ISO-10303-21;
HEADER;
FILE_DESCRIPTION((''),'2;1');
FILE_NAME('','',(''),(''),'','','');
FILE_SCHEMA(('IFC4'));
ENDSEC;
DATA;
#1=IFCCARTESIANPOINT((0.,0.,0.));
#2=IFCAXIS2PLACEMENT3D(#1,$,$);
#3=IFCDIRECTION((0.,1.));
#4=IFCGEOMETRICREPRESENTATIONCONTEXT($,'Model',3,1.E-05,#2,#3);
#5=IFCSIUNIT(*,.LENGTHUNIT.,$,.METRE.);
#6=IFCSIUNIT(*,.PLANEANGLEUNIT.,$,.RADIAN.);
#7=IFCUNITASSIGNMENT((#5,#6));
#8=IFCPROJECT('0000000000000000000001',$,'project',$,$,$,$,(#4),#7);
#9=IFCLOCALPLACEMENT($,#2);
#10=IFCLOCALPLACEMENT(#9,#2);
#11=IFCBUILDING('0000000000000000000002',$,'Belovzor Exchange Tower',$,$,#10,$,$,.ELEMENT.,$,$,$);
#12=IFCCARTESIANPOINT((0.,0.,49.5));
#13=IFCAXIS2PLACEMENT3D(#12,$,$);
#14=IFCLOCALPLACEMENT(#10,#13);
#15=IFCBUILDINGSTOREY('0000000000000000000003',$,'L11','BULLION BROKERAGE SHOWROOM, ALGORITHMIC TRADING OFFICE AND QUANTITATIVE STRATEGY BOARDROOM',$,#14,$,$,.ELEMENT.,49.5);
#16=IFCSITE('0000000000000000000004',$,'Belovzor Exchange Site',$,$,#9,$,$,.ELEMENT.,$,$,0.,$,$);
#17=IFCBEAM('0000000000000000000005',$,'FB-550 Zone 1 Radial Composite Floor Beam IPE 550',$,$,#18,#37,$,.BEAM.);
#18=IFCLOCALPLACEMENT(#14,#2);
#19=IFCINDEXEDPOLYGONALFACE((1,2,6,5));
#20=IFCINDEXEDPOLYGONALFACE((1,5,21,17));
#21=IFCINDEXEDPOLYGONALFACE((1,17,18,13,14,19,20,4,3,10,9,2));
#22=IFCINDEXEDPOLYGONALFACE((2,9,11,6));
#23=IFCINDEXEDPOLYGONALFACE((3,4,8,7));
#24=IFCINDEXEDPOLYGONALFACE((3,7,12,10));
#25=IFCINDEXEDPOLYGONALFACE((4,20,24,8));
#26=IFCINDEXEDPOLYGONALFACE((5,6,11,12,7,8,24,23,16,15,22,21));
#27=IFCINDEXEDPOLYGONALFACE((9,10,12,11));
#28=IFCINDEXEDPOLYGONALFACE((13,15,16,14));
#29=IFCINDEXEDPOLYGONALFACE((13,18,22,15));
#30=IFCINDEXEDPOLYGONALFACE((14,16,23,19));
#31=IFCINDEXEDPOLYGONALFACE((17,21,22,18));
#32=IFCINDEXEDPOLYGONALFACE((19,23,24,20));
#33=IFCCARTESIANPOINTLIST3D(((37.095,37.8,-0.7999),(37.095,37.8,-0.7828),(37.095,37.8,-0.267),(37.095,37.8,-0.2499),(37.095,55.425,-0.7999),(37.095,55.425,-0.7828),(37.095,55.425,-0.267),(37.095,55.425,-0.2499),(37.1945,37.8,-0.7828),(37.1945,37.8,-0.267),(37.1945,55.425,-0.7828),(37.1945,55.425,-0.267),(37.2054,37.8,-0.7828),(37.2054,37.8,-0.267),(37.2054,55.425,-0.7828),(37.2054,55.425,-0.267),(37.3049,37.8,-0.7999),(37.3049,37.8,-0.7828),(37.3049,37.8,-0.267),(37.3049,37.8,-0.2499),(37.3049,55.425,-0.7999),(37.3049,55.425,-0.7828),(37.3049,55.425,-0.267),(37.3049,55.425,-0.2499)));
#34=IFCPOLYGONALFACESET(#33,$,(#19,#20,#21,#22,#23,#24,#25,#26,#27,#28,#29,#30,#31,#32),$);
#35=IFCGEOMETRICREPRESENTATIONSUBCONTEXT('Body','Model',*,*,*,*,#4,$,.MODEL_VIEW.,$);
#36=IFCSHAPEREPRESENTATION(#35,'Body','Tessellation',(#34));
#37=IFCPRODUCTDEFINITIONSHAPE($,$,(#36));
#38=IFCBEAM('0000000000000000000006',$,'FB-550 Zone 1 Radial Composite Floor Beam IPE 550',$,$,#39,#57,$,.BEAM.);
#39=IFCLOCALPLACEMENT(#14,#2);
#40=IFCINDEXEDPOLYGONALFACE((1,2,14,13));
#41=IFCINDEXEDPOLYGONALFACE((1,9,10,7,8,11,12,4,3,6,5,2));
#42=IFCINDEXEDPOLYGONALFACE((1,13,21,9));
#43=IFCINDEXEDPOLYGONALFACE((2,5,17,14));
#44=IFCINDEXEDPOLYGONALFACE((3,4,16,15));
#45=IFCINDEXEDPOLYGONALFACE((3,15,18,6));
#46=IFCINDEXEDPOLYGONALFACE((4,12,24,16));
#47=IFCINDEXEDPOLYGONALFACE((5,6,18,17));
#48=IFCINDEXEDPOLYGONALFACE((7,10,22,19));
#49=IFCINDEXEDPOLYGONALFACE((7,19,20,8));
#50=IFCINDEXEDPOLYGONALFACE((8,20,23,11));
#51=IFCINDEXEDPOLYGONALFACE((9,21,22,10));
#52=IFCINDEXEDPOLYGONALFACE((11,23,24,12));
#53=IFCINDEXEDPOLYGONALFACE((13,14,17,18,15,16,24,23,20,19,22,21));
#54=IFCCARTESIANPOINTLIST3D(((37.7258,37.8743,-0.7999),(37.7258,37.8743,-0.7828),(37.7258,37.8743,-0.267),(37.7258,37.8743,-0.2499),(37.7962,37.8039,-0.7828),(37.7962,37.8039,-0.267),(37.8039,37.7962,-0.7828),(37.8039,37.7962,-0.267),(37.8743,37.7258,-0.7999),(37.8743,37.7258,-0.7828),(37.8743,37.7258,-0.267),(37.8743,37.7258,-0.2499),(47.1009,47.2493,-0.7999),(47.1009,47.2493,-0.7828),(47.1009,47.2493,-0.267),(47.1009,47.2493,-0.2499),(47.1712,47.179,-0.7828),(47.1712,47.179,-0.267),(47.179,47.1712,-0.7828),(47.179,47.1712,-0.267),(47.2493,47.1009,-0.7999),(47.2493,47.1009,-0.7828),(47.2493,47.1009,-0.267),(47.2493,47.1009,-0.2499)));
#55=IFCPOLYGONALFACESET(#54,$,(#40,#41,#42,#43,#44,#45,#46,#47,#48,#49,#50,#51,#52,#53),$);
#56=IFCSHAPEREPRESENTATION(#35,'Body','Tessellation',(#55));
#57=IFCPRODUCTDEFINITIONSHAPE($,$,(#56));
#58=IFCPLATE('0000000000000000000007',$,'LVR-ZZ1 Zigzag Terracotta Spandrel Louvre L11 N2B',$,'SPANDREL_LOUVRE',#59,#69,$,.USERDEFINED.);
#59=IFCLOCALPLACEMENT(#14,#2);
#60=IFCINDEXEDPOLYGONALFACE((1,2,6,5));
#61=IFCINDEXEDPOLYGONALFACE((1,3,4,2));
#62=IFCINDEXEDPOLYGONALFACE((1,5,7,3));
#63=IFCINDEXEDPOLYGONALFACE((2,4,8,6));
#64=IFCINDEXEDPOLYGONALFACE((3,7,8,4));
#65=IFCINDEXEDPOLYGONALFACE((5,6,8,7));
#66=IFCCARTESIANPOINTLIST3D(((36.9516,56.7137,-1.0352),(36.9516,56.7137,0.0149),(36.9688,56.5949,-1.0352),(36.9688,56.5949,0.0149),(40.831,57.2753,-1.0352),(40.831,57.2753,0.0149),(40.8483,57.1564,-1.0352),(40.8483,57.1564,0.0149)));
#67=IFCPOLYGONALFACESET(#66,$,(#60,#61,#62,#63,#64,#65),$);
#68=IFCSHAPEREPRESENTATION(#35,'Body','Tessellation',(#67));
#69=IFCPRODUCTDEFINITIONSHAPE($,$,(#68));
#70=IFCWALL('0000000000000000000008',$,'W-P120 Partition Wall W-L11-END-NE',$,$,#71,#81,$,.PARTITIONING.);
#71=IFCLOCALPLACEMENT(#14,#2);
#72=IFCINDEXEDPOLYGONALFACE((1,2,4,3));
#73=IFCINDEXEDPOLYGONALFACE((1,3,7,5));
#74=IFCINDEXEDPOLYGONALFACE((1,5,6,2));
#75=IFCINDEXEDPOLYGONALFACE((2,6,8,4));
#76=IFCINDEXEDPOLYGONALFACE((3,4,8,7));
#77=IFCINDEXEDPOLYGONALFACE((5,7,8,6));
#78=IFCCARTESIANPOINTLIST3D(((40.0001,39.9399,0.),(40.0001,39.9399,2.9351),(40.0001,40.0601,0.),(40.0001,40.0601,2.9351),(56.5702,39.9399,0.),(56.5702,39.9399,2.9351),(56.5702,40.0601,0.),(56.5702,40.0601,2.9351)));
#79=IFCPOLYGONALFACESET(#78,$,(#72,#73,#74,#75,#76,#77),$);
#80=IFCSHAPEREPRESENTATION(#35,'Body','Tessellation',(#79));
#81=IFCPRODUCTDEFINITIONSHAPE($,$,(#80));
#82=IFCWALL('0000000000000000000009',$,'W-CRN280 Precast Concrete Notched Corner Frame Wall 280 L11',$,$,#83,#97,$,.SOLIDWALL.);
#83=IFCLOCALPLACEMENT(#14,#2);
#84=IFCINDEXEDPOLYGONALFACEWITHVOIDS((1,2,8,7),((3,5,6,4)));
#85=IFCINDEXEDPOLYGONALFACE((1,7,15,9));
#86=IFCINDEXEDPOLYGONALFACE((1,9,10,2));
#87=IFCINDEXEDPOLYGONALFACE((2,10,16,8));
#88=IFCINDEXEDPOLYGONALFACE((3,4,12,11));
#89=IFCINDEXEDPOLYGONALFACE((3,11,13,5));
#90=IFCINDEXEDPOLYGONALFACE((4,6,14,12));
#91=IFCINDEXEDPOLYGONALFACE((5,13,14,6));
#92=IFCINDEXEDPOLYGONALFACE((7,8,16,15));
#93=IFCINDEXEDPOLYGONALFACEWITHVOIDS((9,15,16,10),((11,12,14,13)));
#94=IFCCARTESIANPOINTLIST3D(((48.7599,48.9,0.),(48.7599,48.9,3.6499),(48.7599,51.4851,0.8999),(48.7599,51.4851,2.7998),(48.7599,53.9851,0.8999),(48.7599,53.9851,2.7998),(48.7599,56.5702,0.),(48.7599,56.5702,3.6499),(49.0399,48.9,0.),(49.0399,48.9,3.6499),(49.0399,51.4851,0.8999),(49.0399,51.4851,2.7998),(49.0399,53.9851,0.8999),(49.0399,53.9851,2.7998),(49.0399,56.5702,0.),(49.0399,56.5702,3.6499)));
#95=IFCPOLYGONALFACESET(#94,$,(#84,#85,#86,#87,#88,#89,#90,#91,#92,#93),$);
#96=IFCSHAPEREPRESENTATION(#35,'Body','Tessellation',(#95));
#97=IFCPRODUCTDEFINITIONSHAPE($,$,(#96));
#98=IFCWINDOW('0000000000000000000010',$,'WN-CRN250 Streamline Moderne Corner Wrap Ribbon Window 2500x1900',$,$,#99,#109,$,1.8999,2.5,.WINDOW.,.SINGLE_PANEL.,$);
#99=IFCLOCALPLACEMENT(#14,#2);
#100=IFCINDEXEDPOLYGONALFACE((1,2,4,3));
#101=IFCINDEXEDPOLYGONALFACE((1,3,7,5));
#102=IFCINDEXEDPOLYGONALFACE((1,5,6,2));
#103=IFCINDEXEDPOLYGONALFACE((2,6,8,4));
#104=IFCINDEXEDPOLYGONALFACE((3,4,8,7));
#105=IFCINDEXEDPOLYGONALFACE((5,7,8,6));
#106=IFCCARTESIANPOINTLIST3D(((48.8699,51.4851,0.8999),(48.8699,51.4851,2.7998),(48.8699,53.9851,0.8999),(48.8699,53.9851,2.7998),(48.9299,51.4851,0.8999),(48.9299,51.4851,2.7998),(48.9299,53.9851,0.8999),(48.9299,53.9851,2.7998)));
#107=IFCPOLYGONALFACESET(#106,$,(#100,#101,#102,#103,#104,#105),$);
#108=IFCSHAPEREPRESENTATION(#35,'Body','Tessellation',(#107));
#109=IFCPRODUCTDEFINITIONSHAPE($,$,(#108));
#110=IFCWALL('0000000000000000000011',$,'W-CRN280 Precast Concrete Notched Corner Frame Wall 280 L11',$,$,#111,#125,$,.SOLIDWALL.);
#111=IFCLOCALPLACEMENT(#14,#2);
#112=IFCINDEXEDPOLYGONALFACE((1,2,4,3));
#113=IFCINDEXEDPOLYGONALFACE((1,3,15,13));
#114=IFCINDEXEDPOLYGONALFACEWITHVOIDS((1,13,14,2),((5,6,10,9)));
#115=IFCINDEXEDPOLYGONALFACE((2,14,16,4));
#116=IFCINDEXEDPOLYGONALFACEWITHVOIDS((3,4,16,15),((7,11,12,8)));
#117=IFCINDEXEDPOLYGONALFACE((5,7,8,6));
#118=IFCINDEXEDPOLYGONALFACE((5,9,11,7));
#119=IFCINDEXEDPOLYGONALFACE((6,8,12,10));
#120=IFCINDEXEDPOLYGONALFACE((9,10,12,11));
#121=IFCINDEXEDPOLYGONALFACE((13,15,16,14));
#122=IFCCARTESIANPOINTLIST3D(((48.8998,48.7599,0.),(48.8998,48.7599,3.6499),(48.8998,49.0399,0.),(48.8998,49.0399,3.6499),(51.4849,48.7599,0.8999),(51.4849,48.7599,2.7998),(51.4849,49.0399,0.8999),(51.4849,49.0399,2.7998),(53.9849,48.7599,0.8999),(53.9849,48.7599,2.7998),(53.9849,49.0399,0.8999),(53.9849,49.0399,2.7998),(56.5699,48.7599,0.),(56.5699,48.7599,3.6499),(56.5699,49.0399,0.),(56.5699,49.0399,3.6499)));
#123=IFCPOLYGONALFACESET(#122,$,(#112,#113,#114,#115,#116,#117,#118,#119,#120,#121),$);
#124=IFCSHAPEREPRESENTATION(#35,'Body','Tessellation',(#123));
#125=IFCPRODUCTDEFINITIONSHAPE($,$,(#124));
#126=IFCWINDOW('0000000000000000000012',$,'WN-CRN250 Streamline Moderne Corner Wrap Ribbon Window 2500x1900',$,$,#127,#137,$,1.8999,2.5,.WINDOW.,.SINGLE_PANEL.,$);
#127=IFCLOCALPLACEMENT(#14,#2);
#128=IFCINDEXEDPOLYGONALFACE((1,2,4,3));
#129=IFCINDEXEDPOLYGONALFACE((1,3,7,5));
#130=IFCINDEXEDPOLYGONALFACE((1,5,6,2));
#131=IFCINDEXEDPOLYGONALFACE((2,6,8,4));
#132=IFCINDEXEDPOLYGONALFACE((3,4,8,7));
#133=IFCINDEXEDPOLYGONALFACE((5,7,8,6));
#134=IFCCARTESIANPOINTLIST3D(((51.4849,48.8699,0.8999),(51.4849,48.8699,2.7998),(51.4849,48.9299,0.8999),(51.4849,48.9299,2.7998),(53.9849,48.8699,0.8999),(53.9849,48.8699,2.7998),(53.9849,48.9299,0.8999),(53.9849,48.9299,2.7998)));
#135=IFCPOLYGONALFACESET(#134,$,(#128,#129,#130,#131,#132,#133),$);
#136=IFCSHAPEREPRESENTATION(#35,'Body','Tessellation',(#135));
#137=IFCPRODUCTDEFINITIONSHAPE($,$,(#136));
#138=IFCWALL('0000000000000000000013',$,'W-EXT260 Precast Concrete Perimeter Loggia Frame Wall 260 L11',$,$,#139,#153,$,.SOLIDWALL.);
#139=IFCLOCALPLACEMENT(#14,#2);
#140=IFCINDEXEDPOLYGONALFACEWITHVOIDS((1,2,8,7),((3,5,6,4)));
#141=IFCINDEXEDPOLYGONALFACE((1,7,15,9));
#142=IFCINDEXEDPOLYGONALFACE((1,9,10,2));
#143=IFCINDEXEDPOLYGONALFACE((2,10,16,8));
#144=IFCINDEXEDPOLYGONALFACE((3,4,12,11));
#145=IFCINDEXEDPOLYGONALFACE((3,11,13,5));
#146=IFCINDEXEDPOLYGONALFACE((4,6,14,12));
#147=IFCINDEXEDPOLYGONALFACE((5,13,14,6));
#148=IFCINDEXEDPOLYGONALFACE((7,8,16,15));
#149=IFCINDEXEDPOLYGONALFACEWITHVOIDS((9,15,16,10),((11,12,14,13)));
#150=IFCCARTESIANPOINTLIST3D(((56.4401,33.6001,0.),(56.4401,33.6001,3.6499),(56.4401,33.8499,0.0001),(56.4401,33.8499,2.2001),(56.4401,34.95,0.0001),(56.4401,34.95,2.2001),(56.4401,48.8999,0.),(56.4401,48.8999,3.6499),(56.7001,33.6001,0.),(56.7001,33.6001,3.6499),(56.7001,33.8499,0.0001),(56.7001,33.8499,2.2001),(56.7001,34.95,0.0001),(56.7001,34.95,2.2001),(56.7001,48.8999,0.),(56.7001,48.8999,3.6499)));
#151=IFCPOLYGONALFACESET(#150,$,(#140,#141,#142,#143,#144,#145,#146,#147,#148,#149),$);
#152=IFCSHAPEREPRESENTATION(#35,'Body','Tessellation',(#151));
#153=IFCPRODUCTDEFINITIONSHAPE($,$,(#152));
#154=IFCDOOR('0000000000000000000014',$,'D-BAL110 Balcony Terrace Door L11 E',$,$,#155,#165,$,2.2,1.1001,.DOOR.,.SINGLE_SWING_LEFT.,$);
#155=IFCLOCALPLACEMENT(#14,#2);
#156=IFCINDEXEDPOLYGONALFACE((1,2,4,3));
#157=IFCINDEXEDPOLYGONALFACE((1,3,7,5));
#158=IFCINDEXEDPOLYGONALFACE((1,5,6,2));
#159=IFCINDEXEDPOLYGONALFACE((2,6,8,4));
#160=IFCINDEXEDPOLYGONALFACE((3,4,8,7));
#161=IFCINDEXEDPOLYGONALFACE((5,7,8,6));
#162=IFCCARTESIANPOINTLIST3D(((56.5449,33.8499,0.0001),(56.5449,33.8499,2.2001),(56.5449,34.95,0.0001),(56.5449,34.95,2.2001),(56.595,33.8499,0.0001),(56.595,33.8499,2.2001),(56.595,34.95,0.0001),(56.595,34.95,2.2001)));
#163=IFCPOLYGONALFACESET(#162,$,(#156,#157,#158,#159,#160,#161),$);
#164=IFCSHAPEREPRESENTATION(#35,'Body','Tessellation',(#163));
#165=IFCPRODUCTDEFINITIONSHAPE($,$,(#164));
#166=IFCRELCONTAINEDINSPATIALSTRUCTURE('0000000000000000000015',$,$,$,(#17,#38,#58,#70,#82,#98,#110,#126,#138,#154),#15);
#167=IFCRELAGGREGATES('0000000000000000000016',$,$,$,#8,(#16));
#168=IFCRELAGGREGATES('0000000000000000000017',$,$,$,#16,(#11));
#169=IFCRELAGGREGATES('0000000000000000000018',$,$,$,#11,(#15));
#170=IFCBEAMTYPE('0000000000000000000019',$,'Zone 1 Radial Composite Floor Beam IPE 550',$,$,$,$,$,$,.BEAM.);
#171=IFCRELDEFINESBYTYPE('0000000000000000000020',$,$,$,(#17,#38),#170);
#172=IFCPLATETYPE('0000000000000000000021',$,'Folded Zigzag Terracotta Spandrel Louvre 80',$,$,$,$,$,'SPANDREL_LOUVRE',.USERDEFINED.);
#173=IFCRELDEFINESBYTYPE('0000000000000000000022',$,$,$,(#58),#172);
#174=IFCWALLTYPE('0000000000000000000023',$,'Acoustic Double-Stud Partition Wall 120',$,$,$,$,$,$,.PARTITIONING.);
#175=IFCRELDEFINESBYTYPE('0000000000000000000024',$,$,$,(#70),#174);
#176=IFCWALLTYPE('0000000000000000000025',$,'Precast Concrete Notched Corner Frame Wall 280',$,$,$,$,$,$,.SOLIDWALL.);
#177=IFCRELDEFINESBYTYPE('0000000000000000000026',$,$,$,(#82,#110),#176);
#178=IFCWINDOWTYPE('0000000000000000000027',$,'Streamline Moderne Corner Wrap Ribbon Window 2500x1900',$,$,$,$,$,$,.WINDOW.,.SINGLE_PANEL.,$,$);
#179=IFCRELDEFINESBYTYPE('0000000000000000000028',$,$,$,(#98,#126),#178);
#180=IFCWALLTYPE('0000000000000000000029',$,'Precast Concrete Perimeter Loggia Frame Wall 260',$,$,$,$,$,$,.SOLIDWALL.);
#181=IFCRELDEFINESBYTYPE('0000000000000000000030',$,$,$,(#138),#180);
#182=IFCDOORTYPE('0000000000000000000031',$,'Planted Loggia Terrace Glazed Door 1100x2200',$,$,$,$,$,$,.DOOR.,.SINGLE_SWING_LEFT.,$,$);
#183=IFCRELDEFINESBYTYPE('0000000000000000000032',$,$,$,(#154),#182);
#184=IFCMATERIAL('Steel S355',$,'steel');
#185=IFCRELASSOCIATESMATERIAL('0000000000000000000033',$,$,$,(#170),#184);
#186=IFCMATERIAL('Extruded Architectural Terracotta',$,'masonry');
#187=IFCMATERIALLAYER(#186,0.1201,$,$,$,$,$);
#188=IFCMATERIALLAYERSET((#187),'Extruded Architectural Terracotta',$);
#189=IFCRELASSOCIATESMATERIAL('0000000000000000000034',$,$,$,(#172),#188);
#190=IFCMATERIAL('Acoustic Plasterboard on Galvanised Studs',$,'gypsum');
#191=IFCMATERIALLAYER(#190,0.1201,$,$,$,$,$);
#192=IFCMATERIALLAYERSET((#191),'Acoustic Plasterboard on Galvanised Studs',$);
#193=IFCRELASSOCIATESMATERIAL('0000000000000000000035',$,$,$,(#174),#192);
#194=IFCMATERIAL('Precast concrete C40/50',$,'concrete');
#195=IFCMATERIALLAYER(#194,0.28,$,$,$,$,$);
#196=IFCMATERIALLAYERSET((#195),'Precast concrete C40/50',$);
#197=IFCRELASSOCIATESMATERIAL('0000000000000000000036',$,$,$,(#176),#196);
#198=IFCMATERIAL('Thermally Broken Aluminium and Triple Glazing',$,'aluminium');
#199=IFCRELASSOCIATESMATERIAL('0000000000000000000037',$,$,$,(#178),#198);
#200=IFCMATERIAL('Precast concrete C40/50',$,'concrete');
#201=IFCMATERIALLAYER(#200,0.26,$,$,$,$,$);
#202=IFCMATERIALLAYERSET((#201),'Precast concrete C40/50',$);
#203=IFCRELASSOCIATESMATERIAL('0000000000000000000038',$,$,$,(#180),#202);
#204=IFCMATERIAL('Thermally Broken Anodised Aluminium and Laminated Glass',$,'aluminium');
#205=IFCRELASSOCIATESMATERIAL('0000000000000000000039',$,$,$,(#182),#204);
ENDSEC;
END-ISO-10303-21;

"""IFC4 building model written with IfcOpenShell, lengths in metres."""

from ifc_helpers import new_model, si_unit, direction, frame, frame_2d, origin, origin_2d, place, context, subcontext, project, spatial, rectangle, i_section, extrude, material, layer, layer_set, material_profile, profile_set, type_object, element, fill, save


model = new_model("IFC4")

# Units and contexts
model_context = context("Model", 3, precision=1e-05, world=origin(), true_north=direction((0.0, 1.0)))
body_context = subcontext(model_context, "Body", "Model", "MODEL_VIEW")
ifc_project = project(units=[si_unit("LENGTHUNIT", "METRE"), si_unit("PLANEANGLEUNIT", "RADIAN")], contexts=[model_context])

# Site, building, storey
site_placement = place(None, origin())
site = spatial("IfcSite", under=ifc_project, at=site_placement, Name="Belovzor Exchange Site", CompositionType="ELEMENT", RefElevation=0.0)
building_placement = place(site_placement, origin())
building = spatial("IfcBuilding", under=site, at=building_placement, Name="Belovzor Exchange Tower", CompositionType="ELEMENT")
storey_placement = place(building_placement, frame((0.0, 0.0, 49.5)))
storey = spatial("IfcBuildingStorey", under=building, at=storey_placement, Name="L11", Description="BULLION BROKERAGE SHOWROOM, ALGORITHMIC TRADING OFFICE AND QUANTITATIVE STRATEGY BOARDROOM", CompositionType="ELEMENT", Elevation=49.5)

# Beams
ifc_material_1 = material(Name="Steel S355", Category="steel")
ifc_material_profile_1 = material_profile(ifc_material_1, i_section(OverallWidth=0.21, OverallDepth=0.55, WebThickness=0.011, FlangeThickness=0.0171, at=origin_2d()))
ifc_profile_set_1 = profile_set([ifc_material_profile_1], Name="Steel S355")
beam_type_1 = type_object("IfcBeamType", Name="Zone 1 Radial Composite Floor Beam IPE 550", PredefinedType="BEAM", material=ifc_profile_set_1)
beam_1_placement = place(storey_placement, frame((37.2, 37.8, -0.5249), z_axis=(0.0, 1.0, 0.0), x_axis=(-1.0, 0.0, 0.0)))
element("IfcBeam", 1, at=beam_1_placement, inside=storey, type_object=beam_type_1, Name="FB-550 Zone 1 Radial Composite Floor Beam IPE 550", PredefinedType="BEAM", context=body_context, shape_type="SweptSolid", body=[
    extrude(i_section(OverallWidth=0.21, OverallDepth=0.55, WebThickness=0.011, FlangeThickness=0.0171, at=origin_2d()), origin(), (0.0, 0.0, 1.0), 17.625),
])
beam_2_placement = place(storey_placement, frame((37.8, 37.8, -0.5249), z_axis=(0.707107, 0.707107, 0.0), x_axis=(-0.707107, 0.707107, 0.0)))
element("IfcBeam", 2, at=beam_2_placement, inside=storey, type_object=beam_type_1, Name="FB-550 Zone 1 Radial Composite Floor Beam IPE 550", PredefinedType="BEAM", context=body_context, shape_type="SweptSolid", body=[
    extrude(i_section(OverallWidth=0.21, OverallDepth=0.55, WebThickness=0.011, FlangeThickness=0.0171, at=origin_2d()), origin(), (0.0, 0.0, 1.0), 13.2583),
])

# Plate
ifc_material_2 = material(Name="Extruded Architectural Terracotta", Category="masonry")
ifc_layer_1 = layer(ifc_material_2, 0.1201)
ifc_layer_set_1 = layer_set([ifc_layer_1], Name="Extruded Architectural Terracotta")
plate_type = type_object("IfcPlateType", Name="Folded Zigzag Terracotta Spandrel Louvre 80", ElementType="SPANDREL_LOUVRE", PredefinedType="USERDEFINED", material=ifc_layer_set_1)
plate_placement = place(storey_placement, frame((38.8999, 56.9351, -1.0352), z_axis=(0.0, 0.0, 1.0), x_axis=(0.989686, 0.143251, 0.0)))
element("IfcPlate", 3, at=plate_placement, inside=storey, type_object=plate_type, Name="LVR-ZZ1 Zigzag Terracotta Spandrel Louvre L11 N2B", ObjectType="SPANDREL_LOUVRE", PredefinedType="USERDEFINED", context=body_context, shape_type="SweptSolid", body=[
    extrude(rectangle(XDim=3.9199, YDim=0.1201, at=origin_2d()), origin(), (0.0, 0.0, 1.0), 1.05),
])

# Wall
ifc_material_3 = material(Name="Acoustic Plasterboard on Galvanised Studs", Category="gypsum")
ifc_layer_2 = layer(ifc_material_3, 0.1201)
ifc_layer_set_2 = layer_set([ifc_layer_2], Name="Acoustic Plasterboard on Galvanised Studs")
wall_type_1 = type_object("IfcWallType", Name="Acoustic Double-Stud Partition Wall 120", PredefinedType="PARTITIONING", material=ifc_layer_set_2)
wall_1_placement = place(storey_placement, frame((40.0, 40.0, 0.0), z_axis=(0.0, 0.0, 1.0), x_axis=(1.0, 0.0, 0.0)))
element("IfcWall", 4, at=wall_1_placement, inside=storey, type_object=wall_type_1, Name="W-P120 Partition Wall W-L11-END-NE", PredefinedType="PARTITIONING", context=body_context, shape_type="SweptSolid", body=[
    extrude(rectangle(XDim=16.5701, YDim=0.1201, at=frame_2d((8.2852, 0.0))), origin(), (0.0, 0.0, 1.0), 2.9351),
])

# Walls, openings, windows
ifc_material_4 = material(Name="Precast concrete C40/50", Category="concrete")
ifc_layer_3 = layer(ifc_material_4, 0.28)
ifc_layer_set_3 = layer_set([ifc_layer_3], Name="Precast concrete C40/50")
wall_type_2 = type_object("IfcWallType", Name="Precast Concrete Notched Corner Frame Wall 280", PredefinedType="SOLIDWALL", material=ifc_layer_set_3)
wall_2_placement = place(storey_placement, frame((48.8999, 56.5701, 0.0), z_axis=(0.0, 0.0, 1.0), x_axis=(0.0, -1.0, 0.0)))
wall_2 = element("IfcWall", 5, at=wall_2_placement, inside=storey, type_object=wall_type_2, Name="W-CRN280 Precast Concrete Notched Corner Frame Wall 280 L11", PredefinedType="SOLIDWALL", context=body_context, shape_type="SweptSolid", body=[
    extrude(rectangle(XDim=7.6702, YDim=0.28, at=frame_2d((3.835, 0.0))), origin(), (0.0, 0.0, 1.0), 3.6499),
])
opening_1_placement = place(wall_2_placement, frame((2.585, 0.0, 0.8999)))
opening_1 = element("IfcOpeningElement", 6, at=opening_1_placement, cuts=wall_2, PredefinedType="OPENING", context=body_context, shape_type="SweptSolid", body=[
    extrude(rectangle(XDim=2.5, YDim=1.8999, at=frame_2d((1.25, 0.95))), frame((0.0, 0.1499, 0.0), z_axis=(0.0, -1.0, 0.0), x_axis=(1.0, 0.0, 0.0)), (0.0, 0.0, 1.0), 0.3),
])
ifc_material_5 = material(Name="Thermally Broken Aluminium and Triple Glazing", Category="aluminium")
window_type = type_object("IfcWindowType", Name="Streamline Moderne Corner Wrap Ribbon Window 2500x1900", PartitioningType="SINGLE_PANEL", PredefinedType="WINDOW", material=ifc_material_5)
window_1_placement = place(opening_1_placement, origin())
window_1 = element("IfcWindow", 7, at=window_1_placement, inside=storey, type_object=window_type, Name="WN-CRN250 Streamline Moderne Corner Wrap Ribbon Window 2500x1900", OverallHeight=1.8999, OverallWidth=2.5, PartitioningType="SINGLE_PANEL", PredefinedType="WINDOW", context=body_context, shape_type="SweptSolid", body=[
    extrude(rectangle(XDim=2.5, YDim=1.8999, at=frame_2d((1.25, 0.95))), frame((0.0, 0.03, 0.0), z_axis=(0.0, -1.0, 0.0), x_axis=(1.0, 0.0, 0.0)), (0.0, 0.0, 1.0), 0.0601),
])
fill(opening_1, window_1)
wall_3_placement = place(storey_placement, frame((48.8999, 48.8999, 0.0), z_axis=(0.0, 0.0, 1.0), x_axis=(1.0, 0.0, 0.0)))
wall_3 = element("IfcWall", 8, at=wall_3_placement, inside=storey, type_object=wall_type_2, Name="W-CRN280 Precast Concrete Notched Corner Frame Wall 280 L11", PredefinedType="SOLIDWALL", context=body_context, shape_type="SweptSolid", body=[
    extrude(rectangle(XDim=7.6702, YDim=0.28, at=frame_2d((3.835, 0.0))), origin(), (0.0, 0.0, 1.0), 3.6499),
])
opening_2_placement = place(wall_3_placement, frame((2.585, 0.0, 0.8999)))
opening_2 = element("IfcOpeningElement", 9, at=opening_2_placement, cuts=wall_3, PredefinedType="OPENING", context=body_context, shape_type="SweptSolid", body=[
    extrude(rectangle(XDim=2.5, YDim=1.8999, at=frame_2d((1.25, 0.95))), frame((0.0, 0.1499, 0.0), z_axis=(0.0, -1.0, 0.0), x_axis=(1.0, 0.0, 0.0)), (0.0, 0.0, 1.0), 0.3),
])
window_2_placement = place(opening_2_placement, origin())
window_2 = element("IfcWindow", 10, at=window_2_placement, inside=storey, type_object=window_type, Name="WN-CRN250 Streamline Moderne Corner Wrap Ribbon Window 2500x1900", OverallHeight=1.8999, OverallWidth=2.5, PartitioningType="SINGLE_PANEL", PredefinedType="WINDOW", context=body_context, shape_type="SweptSolid", body=[
    extrude(rectangle(XDim=2.5, YDim=1.8999, at=frame_2d((1.25, 0.95))), frame((0.0, 0.03, 0.0), z_axis=(0.0, -1.0, 0.0), x_axis=(1.0, 0.0, 0.0)), (0.0, 0.0, 1.0), 0.0601),
])
fill(opening_2, window_2)

# Wall, opening, door
ifc_material_6 = material(Name="Precast concrete C40/50", Category="concrete")
ifc_layer_4 = layer(ifc_material_6, 0.26)
ifc_layer_set_4 = layer_set([ifc_layer_4], Name="Precast concrete C40/50")
wall_type_3 = type_object("IfcWallType", Name="Precast Concrete Perimeter Loggia Frame Wall 260", PredefinedType="SOLIDWALL", material=ifc_layer_set_4)
wall_4_placement = place(storey_placement, frame((56.5701, 48.8999, 0.0), z_axis=(0.0, 0.0, 1.0), x_axis=(0.0, -1.0, 0.0)))
wall_4 = element("IfcWall", 11, at=wall_4_placement, inside=storey, type_object=wall_type_3, Name="W-EXT260 Precast Concrete Perimeter Loggia Frame Wall 260 L11", PredefinedType="SOLIDWALL", context=body_context, shape_type="SweptSolid", body=[
    extrude(rectangle(XDim=15.2998, YDim=0.26, at=frame_2d((7.6499, 0.0))), origin(), (0.0, 0.0, 1.0), 3.6499),
])
opening_3_placement = place(wall_4_placement, frame((13.95, 0.0, 0.0)))
opening_3 = element("IfcOpeningElement", 12, at=opening_3_placement, cuts=wall_4, PredefinedType="OPENING", context=body_context, shape_type="SweptSolid", body=[
    extrude(rectangle(XDim=1.1001, YDim=2.2, at=frame_2d((0.55, 1.1001))), frame((0.0, 0.1399, 0.0), z_axis=(0.0, -1.0, 0.0), x_axis=(1.0, 0.0, 0.0)), (0.0, 0.0, 1.0), 0.28),
])
ifc_material_7 = material(Name="Thermally Broken Anodised Aluminium and Laminated Glass", Category="aluminium")
door_type = type_object("IfcDoorType", Name="Planted Loggia Terrace Glazed Door 1100x2200", OperationType="SINGLE_SWING_LEFT", PredefinedType="DOOR", material=ifc_material_7)
door_placement = place(opening_3_placement, origin())
door = element("IfcDoor", 13, at=door_placement, inside=storey, type_object=door_type, Name="D-BAL110 Balcony Terrace Door L11 E", OperationType="SINGLE_SWING_LEFT", OverallHeight=2.2, OverallWidth=1.1001, PredefinedType="DOOR", context=body_context, shape_type="SweptSolid", body=[
    extrude(rectangle(XDim=1.1001, YDim=2.2, at=frame_2d((0.55, 1.1001))), frame((0.0, 0.0249, 0.0), z_axis=(0.0, -1.0, 0.0), x_axis=(1.0, 0.0, 0.0)), (0.0, 0.0, 1.0), 0.05),
])
fill(opening_3, door)

save(model, "model.ifc")
